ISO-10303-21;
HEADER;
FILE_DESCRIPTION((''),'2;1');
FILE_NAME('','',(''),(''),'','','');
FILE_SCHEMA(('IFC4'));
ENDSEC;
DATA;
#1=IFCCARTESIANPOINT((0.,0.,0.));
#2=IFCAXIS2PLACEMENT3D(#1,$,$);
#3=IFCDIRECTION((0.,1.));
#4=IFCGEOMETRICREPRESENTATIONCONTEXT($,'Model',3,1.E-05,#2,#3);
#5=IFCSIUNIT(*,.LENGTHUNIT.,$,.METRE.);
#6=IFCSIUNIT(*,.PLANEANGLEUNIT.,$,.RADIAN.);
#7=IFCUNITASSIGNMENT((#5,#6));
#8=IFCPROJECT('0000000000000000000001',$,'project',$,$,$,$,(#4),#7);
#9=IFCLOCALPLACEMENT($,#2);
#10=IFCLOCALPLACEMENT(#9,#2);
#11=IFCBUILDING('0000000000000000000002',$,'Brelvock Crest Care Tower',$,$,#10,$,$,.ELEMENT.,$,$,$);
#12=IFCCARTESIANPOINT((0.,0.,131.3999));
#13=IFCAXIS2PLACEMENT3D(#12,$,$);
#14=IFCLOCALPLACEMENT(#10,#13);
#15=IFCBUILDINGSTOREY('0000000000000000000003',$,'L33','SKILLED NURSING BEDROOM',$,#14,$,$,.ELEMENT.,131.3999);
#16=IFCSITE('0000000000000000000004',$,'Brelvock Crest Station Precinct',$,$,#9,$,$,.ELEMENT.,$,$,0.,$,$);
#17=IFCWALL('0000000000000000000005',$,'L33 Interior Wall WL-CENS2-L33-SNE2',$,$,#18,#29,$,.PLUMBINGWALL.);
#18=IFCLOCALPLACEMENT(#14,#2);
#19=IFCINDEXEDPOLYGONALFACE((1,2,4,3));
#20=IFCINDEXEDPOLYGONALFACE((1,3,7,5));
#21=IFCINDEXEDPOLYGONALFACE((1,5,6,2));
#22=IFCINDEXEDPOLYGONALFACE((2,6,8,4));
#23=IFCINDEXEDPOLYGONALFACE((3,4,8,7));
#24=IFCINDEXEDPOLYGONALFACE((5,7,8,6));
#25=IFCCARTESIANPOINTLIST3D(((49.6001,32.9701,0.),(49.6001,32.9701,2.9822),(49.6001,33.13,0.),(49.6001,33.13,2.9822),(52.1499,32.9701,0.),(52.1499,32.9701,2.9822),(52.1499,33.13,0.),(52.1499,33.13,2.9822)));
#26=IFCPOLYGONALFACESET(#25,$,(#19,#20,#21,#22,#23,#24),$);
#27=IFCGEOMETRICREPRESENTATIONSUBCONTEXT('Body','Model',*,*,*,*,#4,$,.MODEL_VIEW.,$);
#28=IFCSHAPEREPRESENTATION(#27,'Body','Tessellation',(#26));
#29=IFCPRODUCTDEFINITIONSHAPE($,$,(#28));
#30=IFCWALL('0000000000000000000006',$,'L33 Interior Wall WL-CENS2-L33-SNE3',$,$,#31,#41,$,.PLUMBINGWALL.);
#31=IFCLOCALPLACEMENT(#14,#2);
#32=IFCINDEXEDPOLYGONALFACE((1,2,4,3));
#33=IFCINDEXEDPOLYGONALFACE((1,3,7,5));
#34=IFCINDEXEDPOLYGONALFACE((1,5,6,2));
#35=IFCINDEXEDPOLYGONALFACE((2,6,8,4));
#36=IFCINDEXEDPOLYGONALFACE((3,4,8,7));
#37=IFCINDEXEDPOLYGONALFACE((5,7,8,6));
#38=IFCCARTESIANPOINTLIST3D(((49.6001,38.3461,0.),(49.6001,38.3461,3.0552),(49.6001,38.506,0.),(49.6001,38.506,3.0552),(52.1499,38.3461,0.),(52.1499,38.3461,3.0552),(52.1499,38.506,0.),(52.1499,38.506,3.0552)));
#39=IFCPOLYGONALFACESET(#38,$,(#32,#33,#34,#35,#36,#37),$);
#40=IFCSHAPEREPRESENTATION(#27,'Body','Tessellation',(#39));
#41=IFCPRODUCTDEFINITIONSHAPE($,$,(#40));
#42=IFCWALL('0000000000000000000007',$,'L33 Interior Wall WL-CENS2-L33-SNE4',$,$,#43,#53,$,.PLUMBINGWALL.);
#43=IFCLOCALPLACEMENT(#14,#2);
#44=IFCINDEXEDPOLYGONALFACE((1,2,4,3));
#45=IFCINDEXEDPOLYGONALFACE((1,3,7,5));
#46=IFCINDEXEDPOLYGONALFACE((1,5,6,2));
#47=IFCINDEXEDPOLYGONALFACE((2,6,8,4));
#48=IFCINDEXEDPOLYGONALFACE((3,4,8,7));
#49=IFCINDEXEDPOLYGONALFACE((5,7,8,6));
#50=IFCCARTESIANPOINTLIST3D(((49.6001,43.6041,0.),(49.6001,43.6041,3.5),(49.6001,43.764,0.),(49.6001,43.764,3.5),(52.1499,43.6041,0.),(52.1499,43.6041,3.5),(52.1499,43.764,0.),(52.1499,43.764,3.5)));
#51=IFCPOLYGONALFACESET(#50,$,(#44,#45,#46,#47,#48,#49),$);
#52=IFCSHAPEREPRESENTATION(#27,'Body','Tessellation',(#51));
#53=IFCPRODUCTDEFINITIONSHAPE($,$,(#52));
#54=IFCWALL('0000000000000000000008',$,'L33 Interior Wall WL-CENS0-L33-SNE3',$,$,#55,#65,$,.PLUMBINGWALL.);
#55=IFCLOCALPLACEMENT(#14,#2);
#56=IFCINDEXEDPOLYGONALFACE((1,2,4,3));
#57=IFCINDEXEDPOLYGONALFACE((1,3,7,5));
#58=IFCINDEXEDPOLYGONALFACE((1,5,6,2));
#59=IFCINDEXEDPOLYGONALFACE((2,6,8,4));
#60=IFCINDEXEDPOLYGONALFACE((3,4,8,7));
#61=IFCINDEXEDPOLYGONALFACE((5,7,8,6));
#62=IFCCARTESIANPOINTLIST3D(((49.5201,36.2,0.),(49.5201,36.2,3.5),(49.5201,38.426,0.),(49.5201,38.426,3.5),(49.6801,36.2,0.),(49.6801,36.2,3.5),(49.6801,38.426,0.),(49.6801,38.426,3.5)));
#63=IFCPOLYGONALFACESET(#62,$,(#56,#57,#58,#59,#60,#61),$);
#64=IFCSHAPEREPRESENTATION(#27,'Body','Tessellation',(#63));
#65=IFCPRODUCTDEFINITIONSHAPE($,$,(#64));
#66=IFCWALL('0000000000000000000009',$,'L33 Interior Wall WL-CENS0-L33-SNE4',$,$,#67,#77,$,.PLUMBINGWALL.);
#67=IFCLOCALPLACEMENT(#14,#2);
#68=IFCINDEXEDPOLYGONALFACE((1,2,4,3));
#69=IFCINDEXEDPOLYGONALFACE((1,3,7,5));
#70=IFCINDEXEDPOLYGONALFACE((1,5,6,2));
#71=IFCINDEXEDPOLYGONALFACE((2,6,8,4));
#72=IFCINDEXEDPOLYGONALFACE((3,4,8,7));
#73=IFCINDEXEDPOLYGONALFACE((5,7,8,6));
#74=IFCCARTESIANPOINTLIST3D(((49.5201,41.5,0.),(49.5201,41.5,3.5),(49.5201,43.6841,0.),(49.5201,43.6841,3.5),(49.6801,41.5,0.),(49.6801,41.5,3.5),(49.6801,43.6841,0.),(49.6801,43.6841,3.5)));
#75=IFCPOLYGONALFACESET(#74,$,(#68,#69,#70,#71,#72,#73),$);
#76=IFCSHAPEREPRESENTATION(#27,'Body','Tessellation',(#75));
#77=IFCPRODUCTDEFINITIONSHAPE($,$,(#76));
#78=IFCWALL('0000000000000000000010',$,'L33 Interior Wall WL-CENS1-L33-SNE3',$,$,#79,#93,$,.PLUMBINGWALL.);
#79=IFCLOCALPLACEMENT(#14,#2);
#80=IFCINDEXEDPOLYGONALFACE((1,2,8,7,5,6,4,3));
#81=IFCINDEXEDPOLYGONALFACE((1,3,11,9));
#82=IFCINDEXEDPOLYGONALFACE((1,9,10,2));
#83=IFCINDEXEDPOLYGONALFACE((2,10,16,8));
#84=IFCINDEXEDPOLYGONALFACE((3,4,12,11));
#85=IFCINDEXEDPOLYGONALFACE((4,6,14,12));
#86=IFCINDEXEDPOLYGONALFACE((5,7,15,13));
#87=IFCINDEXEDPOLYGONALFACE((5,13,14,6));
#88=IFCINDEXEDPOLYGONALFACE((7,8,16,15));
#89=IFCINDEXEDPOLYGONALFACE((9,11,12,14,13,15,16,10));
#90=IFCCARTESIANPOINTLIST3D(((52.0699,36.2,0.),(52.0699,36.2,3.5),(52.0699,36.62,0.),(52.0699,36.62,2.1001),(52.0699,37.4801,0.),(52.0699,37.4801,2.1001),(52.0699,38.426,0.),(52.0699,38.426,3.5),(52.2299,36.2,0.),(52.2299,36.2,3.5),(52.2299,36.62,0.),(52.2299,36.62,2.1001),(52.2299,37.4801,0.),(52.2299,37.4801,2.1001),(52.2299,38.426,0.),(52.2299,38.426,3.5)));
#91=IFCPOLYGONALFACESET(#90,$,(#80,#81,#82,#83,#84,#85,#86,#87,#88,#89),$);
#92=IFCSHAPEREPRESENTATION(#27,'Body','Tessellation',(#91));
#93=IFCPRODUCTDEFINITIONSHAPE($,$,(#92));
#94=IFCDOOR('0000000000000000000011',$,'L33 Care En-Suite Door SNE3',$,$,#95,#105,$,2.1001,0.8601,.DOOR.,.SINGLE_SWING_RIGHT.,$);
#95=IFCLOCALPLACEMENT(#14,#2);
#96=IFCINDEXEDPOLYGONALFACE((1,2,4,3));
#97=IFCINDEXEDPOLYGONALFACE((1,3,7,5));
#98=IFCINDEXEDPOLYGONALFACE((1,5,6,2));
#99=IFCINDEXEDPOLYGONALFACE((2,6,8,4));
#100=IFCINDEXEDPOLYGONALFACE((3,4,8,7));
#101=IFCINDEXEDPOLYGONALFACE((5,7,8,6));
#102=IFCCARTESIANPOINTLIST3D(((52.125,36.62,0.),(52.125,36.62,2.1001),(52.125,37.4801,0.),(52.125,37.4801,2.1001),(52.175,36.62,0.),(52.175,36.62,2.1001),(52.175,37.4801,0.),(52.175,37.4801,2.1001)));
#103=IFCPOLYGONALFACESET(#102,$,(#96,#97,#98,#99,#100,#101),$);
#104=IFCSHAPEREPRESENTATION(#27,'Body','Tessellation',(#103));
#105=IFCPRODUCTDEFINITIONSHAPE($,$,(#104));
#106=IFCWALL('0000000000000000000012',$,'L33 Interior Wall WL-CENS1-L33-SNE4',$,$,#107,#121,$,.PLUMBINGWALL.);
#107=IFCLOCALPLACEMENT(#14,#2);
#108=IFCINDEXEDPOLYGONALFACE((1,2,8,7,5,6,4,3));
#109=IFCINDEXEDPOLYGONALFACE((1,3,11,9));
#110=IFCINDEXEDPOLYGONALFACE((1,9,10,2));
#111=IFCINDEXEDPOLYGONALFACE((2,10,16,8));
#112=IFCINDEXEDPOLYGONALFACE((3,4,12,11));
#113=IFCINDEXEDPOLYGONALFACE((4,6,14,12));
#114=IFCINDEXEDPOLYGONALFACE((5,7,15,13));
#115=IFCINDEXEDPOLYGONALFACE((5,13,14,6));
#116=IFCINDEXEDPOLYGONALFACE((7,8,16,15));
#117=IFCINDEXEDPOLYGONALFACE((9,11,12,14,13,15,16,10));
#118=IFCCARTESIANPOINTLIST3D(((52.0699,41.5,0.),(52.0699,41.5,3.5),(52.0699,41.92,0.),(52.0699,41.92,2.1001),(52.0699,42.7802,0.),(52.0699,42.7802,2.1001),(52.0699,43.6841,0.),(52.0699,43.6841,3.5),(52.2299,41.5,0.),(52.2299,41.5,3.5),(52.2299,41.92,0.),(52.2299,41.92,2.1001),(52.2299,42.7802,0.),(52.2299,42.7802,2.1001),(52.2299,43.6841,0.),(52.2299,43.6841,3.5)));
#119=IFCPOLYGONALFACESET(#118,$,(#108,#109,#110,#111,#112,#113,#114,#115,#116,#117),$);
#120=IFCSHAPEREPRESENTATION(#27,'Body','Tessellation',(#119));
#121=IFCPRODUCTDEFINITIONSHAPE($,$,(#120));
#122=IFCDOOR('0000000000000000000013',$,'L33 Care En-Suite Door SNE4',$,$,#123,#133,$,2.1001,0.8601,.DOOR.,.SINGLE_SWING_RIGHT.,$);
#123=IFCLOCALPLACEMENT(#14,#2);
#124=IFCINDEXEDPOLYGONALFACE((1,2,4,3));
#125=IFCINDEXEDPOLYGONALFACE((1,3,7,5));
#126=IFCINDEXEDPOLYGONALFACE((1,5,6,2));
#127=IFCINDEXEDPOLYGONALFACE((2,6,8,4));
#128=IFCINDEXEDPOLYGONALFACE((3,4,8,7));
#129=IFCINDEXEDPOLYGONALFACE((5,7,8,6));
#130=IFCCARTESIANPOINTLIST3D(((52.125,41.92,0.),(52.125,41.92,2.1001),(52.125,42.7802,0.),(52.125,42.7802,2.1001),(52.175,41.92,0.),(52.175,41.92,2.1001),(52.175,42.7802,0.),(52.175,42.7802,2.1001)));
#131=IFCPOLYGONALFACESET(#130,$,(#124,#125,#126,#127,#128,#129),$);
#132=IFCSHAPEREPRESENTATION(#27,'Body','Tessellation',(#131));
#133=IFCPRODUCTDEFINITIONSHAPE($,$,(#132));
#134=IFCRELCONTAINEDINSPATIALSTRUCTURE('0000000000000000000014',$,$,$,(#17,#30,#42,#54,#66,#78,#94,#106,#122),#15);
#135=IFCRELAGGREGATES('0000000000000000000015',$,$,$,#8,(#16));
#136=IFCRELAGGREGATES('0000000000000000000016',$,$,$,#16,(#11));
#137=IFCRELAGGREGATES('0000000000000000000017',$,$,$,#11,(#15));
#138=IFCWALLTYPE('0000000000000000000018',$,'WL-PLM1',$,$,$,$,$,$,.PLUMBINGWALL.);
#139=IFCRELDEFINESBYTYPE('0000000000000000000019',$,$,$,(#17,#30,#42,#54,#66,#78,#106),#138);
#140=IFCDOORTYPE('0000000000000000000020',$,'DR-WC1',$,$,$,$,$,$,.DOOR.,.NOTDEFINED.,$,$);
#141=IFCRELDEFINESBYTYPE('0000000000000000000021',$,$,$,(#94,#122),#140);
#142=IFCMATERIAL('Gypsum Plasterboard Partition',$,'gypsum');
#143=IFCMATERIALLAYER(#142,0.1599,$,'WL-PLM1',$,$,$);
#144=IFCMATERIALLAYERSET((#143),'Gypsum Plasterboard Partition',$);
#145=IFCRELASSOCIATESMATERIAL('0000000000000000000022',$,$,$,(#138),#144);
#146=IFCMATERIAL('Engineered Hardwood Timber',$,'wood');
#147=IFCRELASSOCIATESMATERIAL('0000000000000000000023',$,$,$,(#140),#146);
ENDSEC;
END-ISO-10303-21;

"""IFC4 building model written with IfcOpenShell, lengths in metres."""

from ifc_helpers import new_model, si_unit, direction, frame, frame_2d, origin, origin_2d, place, context, subcontext, project, spatial, rectangle, extrude, source, transform, mapped, material, layer, layer_set, type_object, element, fill, save


model = new_model("IFC4")

# Units and contexts
model_context = context("Model", 3, precision=1e-05, world=origin(), true_north=direction((0.0, 1.0)))
body_context = subcontext(model_context, "Body", "Model", "MODEL_VIEW")
ifc_project = project(units=[si_unit("LENGTHUNIT", "METRE"), si_unit("PLANEANGLEUNIT", "RADIAN")], contexts=[model_context])

# Site, building, storey
site_placement = place(None, origin())
site = spatial("IfcSite", under=ifc_project, at=site_placement, Name="Brelvock Crest Station Precinct", CompositionType="ELEMENT", RefElevation=0.0)
building_placement = place(site_placement, origin())
building = spatial("IfcBuilding", under=site, at=building_placement, Name="Brelvock Crest Care Tower", CompositionType="ELEMENT")
storey_placement = place(building_placement, frame((0.0, 0.0, 131.3999)))
storey = spatial("IfcBuildingStorey", under=building, at=storey_placement, Name="L33", Description="SKILLED NURSING BEDROOM", CompositionType="ELEMENT", Elevation=131.3999)

# Shared definitions
ifc_material_1 = material(Name="Engineered Hardwood Timber", Category="wood")

# Walls
ifc_material_2 = material(Name="Gypsum Plasterboard Partition", Category="gypsum")
ifc_layer_1 = layer(ifc_material_2, 0.1599, Name="WL-PLM1")
ifc_layer_set_1 = layer_set([ifc_layer_1], Name="Gypsum Plasterboard Partition")
wall_type_1 = type_object("IfcWallType", Name="WL-PLM1", PredefinedType="PLUMBINGWALL", material=ifc_layer_set_1)
wall_1_placement = place(storey_placement, frame((49.6001, 33.05, 0.0), z_axis=(0.0, 0.0, 1.0), x_axis=(1.0, 0.0, 0.0)))
element("IfcWall", 1, at=wall_1_placement, inside=storey, type_object=wall_type_1, Name="L33 Interior Wall WL-CENS2-L33-SNE2", PredefinedType="PLUMBINGWALL", context=body_context, shape_type="SweptSolid", body=[
    extrude(rectangle(XDim=2.5498, YDim=0.1599, at=frame_2d((1.2749, 0.0))), origin(), (0.0, 0.0, 1.0), 2.9822),
])
wall_2_placement = place(storey_placement, frame((49.6001, 38.426, 0.0), z_axis=(0.0, 0.0, 1.0), x_axis=(1.0, 0.0, 0.0)))
element("IfcWall", 2, at=wall_2_placement, inside=storey, type_object=wall_type_1, Name="L33 Interior Wall WL-CENS2-L33-SNE3", PredefinedType="PLUMBINGWALL", context=body_context, shape_type="SweptSolid", body=[
    extrude(rectangle(XDim=2.5498, YDim=0.1599, at=frame_2d((1.2749, 0.0))), origin(), (0.0, 0.0, 1.0), 3.0552),
])
wall_3_placement = place(storey_placement, frame((49.6001, 43.6841, 0.0), z_axis=(0.0, 0.0, 1.0), x_axis=(1.0, 0.0, 0.0)))
element("IfcWall", 3, at=wall_3_placement, inside=storey, type_object=wall_type_1, Name="L33 Interior Wall WL-CENS2-L33-SNE4", PredefinedType="PLUMBINGWALL", context=body_context, shape_type="SweptSolid", body=[
    extrude(rectangle(XDim=2.5498, YDim=0.1599, at=frame_2d((1.2749, 0.0))), origin(), (0.0, 0.0, 1.0), 3.5),
])
wall_4_placement = place(storey_placement, frame((49.6001, 36.2, 0.0), z_axis=(0.0, 0.0, 1.0), x_axis=(0.0, 1.0, 0.0)))
element("IfcWall", 4, at=wall_4_placement, inside=storey, type_object=wall_type_1, Name="L33 Interior Wall WL-CENS0-L33-SNE3", PredefinedType="PLUMBINGWALL", context=body_context, shape_type="SweptSolid", body=[
    extrude(rectangle(XDim=2.2261, YDim=0.1599, at=frame_2d((1.113, 0.0))), origin(), (0.0, 0.0, 1.0), 3.5),
])
wall_5_placement = place(storey_placement, frame((49.6001, 41.5, 0.0), z_axis=(0.0, 0.0, 1.0), x_axis=(0.0, 1.0, 0.0)))
element("IfcWall", 5, at=wall_5_placement, inside=storey, type_object=wall_type_1, Name="L33 Interior Wall WL-CENS0-L33-SNE4", PredefinedType="PLUMBINGWALL", context=body_context, shape_type="SweptSolid", body=[
    extrude(rectangle(XDim=2.1841, YDim=0.1599, at=frame_2d((1.092, 0.0))), origin(), (0.0, 0.0, 1.0), 3.5),
])

# Walls, openings, doors
wall_6_placement = place(storey_placement, frame((52.1499, 36.2, 0.0), z_axis=(0.0, 0.0, 1.0), x_axis=(0.0, 1.0, 0.0)))
wall_6 = element("IfcWall", 6, at=wall_6_placement, inside=storey, type_object=wall_type_1, Name="L33 Interior Wall WL-CENS1-L33-SNE3", PredefinedType="PLUMBINGWALL", context=body_context, shape_type="SweptSolid", body=[
    extrude(rectangle(XDim=2.2261, YDim=0.1599, at=frame_2d((1.113, 0.0))), origin(), (0.0, 0.0, 1.0), 3.5),
])
opening_1_placement = place(wall_6_placement, frame((0.4199, 0.0, 0.0)))
opening_1 = element("IfcOpeningElement", 7, at=opening_1_placement, cuts=wall_6, PredefinedType="OPENING", context=body_context, shape_type="SweptSolid", body=[
    extrude(rectangle(XDim=0.8601, YDim=2.1001, at=origin_2d()), frame((0.4302, 0.0898, 1.05), z_axis=(0.0, -1.0, 0.0), x_axis=(1.0, 0.0, 0.0)), (0.0, 0.0, 1.0), 0.1799),
])
door_type_1 = type_object("IfcDoorType", Name="DR-WC1", OperationType="NOTDEFINED", PredefinedType="DOOR", material=ifc_material_1)
shared_shape_1 = source(origin(), body_context, "Body", "SweptSolid", [
    extrude(rectangle(XDim=0.8601, YDim=2.1001, at=origin_2d()), frame((0.4302, 0.0249, 1.05), z_axis=(0.0, -1.0, 0.0), x_axis=(1.0, 0.0, 0.0)), (0.0, 0.0, 1.0), 0.05),
])
door_1_placement = place(opening_1_placement, origin())
door_1 = element("IfcDoor", 8, at=door_1_placement, inside=storey, type_object=door_type_1, Name="L33 Care En-Suite Door SNE3", OperationType="SINGLE_SWING_RIGHT", OverallHeight=2.1001, OverallWidth=0.8601, PredefinedType="DOOR", context=body_context, shape_type="MappedRepresentation", body=[
    mapped(shared_shape_1, transform((0.0, 0.0, 0.0), x_axis=(1.0, 0.0, 0.0), y_axis=(0.0, 1.0, 0.0), z_axis=(0.0, 0.0, 1.0), scale=1.0)),
])
fill(opening_1, door_1)
wall_7_placement = place(storey_placement, frame((52.1499, 41.5, 0.0), z_axis=(0.0, 0.0, 1.0), x_axis=(0.0, 1.0, 0.0)))
wall_7 = element("IfcWall", 9, at=wall_7_placement, inside=storey, type_object=wall_type_1, Name="L33 Interior Wall WL-CENS1-L33-SNE4", PredefinedType="PLUMBINGWALL", context=body_context, shape_type="SweptSolid", body=[
    extrude(rectangle(XDim=2.1841, YDim=0.1599, at=frame_2d((1.092, 0.0))), origin(), (0.0, 0.0, 1.0), 3.5),
])
opening_2_placement = place(wall_7_placement, frame((0.4199, 0.0, 0.0)))
opening_2 = element("IfcOpeningElement", 10, at=opening_2_placement, cuts=wall_7, PredefinedType="OPENING", context=body_context, shape_type="SweptSolid", body=[
    extrude(rectangle(XDim=0.8601, YDim=2.1001, at=origin_2d()), frame((0.4302, 0.0898, 1.05), z_axis=(0.0, -1.0, 0.0), x_axis=(1.0, 0.0, 0.0)), (0.0, 0.0, 1.0), 0.1799),
])
door_2_placement = place(opening_2_placement, origin())
door_2 = element("IfcDoor", 11, at=door_2_placement, inside=storey, type_object=door_type_1, Name="L33 Care En-Suite Door SNE4", OperationType="SINGLE_SWING_RIGHT", OverallHeight=2.1001, OverallWidth=0.8601, PredefinedType="DOOR", context=body_context, shape_type="MappedRepresentation", body=[
    mapped(shared_shape_1, transform((0.0, 0.0, 0.0), x_axis=(1.0, 0.0, 0.0), y_axis=(0.0, 1.0, 0.0), z_axis=(0.0, 0.0, 1.0), scale=1.0)),
])
fill(opening_2, door_2)

save(model, "model.ifc")
